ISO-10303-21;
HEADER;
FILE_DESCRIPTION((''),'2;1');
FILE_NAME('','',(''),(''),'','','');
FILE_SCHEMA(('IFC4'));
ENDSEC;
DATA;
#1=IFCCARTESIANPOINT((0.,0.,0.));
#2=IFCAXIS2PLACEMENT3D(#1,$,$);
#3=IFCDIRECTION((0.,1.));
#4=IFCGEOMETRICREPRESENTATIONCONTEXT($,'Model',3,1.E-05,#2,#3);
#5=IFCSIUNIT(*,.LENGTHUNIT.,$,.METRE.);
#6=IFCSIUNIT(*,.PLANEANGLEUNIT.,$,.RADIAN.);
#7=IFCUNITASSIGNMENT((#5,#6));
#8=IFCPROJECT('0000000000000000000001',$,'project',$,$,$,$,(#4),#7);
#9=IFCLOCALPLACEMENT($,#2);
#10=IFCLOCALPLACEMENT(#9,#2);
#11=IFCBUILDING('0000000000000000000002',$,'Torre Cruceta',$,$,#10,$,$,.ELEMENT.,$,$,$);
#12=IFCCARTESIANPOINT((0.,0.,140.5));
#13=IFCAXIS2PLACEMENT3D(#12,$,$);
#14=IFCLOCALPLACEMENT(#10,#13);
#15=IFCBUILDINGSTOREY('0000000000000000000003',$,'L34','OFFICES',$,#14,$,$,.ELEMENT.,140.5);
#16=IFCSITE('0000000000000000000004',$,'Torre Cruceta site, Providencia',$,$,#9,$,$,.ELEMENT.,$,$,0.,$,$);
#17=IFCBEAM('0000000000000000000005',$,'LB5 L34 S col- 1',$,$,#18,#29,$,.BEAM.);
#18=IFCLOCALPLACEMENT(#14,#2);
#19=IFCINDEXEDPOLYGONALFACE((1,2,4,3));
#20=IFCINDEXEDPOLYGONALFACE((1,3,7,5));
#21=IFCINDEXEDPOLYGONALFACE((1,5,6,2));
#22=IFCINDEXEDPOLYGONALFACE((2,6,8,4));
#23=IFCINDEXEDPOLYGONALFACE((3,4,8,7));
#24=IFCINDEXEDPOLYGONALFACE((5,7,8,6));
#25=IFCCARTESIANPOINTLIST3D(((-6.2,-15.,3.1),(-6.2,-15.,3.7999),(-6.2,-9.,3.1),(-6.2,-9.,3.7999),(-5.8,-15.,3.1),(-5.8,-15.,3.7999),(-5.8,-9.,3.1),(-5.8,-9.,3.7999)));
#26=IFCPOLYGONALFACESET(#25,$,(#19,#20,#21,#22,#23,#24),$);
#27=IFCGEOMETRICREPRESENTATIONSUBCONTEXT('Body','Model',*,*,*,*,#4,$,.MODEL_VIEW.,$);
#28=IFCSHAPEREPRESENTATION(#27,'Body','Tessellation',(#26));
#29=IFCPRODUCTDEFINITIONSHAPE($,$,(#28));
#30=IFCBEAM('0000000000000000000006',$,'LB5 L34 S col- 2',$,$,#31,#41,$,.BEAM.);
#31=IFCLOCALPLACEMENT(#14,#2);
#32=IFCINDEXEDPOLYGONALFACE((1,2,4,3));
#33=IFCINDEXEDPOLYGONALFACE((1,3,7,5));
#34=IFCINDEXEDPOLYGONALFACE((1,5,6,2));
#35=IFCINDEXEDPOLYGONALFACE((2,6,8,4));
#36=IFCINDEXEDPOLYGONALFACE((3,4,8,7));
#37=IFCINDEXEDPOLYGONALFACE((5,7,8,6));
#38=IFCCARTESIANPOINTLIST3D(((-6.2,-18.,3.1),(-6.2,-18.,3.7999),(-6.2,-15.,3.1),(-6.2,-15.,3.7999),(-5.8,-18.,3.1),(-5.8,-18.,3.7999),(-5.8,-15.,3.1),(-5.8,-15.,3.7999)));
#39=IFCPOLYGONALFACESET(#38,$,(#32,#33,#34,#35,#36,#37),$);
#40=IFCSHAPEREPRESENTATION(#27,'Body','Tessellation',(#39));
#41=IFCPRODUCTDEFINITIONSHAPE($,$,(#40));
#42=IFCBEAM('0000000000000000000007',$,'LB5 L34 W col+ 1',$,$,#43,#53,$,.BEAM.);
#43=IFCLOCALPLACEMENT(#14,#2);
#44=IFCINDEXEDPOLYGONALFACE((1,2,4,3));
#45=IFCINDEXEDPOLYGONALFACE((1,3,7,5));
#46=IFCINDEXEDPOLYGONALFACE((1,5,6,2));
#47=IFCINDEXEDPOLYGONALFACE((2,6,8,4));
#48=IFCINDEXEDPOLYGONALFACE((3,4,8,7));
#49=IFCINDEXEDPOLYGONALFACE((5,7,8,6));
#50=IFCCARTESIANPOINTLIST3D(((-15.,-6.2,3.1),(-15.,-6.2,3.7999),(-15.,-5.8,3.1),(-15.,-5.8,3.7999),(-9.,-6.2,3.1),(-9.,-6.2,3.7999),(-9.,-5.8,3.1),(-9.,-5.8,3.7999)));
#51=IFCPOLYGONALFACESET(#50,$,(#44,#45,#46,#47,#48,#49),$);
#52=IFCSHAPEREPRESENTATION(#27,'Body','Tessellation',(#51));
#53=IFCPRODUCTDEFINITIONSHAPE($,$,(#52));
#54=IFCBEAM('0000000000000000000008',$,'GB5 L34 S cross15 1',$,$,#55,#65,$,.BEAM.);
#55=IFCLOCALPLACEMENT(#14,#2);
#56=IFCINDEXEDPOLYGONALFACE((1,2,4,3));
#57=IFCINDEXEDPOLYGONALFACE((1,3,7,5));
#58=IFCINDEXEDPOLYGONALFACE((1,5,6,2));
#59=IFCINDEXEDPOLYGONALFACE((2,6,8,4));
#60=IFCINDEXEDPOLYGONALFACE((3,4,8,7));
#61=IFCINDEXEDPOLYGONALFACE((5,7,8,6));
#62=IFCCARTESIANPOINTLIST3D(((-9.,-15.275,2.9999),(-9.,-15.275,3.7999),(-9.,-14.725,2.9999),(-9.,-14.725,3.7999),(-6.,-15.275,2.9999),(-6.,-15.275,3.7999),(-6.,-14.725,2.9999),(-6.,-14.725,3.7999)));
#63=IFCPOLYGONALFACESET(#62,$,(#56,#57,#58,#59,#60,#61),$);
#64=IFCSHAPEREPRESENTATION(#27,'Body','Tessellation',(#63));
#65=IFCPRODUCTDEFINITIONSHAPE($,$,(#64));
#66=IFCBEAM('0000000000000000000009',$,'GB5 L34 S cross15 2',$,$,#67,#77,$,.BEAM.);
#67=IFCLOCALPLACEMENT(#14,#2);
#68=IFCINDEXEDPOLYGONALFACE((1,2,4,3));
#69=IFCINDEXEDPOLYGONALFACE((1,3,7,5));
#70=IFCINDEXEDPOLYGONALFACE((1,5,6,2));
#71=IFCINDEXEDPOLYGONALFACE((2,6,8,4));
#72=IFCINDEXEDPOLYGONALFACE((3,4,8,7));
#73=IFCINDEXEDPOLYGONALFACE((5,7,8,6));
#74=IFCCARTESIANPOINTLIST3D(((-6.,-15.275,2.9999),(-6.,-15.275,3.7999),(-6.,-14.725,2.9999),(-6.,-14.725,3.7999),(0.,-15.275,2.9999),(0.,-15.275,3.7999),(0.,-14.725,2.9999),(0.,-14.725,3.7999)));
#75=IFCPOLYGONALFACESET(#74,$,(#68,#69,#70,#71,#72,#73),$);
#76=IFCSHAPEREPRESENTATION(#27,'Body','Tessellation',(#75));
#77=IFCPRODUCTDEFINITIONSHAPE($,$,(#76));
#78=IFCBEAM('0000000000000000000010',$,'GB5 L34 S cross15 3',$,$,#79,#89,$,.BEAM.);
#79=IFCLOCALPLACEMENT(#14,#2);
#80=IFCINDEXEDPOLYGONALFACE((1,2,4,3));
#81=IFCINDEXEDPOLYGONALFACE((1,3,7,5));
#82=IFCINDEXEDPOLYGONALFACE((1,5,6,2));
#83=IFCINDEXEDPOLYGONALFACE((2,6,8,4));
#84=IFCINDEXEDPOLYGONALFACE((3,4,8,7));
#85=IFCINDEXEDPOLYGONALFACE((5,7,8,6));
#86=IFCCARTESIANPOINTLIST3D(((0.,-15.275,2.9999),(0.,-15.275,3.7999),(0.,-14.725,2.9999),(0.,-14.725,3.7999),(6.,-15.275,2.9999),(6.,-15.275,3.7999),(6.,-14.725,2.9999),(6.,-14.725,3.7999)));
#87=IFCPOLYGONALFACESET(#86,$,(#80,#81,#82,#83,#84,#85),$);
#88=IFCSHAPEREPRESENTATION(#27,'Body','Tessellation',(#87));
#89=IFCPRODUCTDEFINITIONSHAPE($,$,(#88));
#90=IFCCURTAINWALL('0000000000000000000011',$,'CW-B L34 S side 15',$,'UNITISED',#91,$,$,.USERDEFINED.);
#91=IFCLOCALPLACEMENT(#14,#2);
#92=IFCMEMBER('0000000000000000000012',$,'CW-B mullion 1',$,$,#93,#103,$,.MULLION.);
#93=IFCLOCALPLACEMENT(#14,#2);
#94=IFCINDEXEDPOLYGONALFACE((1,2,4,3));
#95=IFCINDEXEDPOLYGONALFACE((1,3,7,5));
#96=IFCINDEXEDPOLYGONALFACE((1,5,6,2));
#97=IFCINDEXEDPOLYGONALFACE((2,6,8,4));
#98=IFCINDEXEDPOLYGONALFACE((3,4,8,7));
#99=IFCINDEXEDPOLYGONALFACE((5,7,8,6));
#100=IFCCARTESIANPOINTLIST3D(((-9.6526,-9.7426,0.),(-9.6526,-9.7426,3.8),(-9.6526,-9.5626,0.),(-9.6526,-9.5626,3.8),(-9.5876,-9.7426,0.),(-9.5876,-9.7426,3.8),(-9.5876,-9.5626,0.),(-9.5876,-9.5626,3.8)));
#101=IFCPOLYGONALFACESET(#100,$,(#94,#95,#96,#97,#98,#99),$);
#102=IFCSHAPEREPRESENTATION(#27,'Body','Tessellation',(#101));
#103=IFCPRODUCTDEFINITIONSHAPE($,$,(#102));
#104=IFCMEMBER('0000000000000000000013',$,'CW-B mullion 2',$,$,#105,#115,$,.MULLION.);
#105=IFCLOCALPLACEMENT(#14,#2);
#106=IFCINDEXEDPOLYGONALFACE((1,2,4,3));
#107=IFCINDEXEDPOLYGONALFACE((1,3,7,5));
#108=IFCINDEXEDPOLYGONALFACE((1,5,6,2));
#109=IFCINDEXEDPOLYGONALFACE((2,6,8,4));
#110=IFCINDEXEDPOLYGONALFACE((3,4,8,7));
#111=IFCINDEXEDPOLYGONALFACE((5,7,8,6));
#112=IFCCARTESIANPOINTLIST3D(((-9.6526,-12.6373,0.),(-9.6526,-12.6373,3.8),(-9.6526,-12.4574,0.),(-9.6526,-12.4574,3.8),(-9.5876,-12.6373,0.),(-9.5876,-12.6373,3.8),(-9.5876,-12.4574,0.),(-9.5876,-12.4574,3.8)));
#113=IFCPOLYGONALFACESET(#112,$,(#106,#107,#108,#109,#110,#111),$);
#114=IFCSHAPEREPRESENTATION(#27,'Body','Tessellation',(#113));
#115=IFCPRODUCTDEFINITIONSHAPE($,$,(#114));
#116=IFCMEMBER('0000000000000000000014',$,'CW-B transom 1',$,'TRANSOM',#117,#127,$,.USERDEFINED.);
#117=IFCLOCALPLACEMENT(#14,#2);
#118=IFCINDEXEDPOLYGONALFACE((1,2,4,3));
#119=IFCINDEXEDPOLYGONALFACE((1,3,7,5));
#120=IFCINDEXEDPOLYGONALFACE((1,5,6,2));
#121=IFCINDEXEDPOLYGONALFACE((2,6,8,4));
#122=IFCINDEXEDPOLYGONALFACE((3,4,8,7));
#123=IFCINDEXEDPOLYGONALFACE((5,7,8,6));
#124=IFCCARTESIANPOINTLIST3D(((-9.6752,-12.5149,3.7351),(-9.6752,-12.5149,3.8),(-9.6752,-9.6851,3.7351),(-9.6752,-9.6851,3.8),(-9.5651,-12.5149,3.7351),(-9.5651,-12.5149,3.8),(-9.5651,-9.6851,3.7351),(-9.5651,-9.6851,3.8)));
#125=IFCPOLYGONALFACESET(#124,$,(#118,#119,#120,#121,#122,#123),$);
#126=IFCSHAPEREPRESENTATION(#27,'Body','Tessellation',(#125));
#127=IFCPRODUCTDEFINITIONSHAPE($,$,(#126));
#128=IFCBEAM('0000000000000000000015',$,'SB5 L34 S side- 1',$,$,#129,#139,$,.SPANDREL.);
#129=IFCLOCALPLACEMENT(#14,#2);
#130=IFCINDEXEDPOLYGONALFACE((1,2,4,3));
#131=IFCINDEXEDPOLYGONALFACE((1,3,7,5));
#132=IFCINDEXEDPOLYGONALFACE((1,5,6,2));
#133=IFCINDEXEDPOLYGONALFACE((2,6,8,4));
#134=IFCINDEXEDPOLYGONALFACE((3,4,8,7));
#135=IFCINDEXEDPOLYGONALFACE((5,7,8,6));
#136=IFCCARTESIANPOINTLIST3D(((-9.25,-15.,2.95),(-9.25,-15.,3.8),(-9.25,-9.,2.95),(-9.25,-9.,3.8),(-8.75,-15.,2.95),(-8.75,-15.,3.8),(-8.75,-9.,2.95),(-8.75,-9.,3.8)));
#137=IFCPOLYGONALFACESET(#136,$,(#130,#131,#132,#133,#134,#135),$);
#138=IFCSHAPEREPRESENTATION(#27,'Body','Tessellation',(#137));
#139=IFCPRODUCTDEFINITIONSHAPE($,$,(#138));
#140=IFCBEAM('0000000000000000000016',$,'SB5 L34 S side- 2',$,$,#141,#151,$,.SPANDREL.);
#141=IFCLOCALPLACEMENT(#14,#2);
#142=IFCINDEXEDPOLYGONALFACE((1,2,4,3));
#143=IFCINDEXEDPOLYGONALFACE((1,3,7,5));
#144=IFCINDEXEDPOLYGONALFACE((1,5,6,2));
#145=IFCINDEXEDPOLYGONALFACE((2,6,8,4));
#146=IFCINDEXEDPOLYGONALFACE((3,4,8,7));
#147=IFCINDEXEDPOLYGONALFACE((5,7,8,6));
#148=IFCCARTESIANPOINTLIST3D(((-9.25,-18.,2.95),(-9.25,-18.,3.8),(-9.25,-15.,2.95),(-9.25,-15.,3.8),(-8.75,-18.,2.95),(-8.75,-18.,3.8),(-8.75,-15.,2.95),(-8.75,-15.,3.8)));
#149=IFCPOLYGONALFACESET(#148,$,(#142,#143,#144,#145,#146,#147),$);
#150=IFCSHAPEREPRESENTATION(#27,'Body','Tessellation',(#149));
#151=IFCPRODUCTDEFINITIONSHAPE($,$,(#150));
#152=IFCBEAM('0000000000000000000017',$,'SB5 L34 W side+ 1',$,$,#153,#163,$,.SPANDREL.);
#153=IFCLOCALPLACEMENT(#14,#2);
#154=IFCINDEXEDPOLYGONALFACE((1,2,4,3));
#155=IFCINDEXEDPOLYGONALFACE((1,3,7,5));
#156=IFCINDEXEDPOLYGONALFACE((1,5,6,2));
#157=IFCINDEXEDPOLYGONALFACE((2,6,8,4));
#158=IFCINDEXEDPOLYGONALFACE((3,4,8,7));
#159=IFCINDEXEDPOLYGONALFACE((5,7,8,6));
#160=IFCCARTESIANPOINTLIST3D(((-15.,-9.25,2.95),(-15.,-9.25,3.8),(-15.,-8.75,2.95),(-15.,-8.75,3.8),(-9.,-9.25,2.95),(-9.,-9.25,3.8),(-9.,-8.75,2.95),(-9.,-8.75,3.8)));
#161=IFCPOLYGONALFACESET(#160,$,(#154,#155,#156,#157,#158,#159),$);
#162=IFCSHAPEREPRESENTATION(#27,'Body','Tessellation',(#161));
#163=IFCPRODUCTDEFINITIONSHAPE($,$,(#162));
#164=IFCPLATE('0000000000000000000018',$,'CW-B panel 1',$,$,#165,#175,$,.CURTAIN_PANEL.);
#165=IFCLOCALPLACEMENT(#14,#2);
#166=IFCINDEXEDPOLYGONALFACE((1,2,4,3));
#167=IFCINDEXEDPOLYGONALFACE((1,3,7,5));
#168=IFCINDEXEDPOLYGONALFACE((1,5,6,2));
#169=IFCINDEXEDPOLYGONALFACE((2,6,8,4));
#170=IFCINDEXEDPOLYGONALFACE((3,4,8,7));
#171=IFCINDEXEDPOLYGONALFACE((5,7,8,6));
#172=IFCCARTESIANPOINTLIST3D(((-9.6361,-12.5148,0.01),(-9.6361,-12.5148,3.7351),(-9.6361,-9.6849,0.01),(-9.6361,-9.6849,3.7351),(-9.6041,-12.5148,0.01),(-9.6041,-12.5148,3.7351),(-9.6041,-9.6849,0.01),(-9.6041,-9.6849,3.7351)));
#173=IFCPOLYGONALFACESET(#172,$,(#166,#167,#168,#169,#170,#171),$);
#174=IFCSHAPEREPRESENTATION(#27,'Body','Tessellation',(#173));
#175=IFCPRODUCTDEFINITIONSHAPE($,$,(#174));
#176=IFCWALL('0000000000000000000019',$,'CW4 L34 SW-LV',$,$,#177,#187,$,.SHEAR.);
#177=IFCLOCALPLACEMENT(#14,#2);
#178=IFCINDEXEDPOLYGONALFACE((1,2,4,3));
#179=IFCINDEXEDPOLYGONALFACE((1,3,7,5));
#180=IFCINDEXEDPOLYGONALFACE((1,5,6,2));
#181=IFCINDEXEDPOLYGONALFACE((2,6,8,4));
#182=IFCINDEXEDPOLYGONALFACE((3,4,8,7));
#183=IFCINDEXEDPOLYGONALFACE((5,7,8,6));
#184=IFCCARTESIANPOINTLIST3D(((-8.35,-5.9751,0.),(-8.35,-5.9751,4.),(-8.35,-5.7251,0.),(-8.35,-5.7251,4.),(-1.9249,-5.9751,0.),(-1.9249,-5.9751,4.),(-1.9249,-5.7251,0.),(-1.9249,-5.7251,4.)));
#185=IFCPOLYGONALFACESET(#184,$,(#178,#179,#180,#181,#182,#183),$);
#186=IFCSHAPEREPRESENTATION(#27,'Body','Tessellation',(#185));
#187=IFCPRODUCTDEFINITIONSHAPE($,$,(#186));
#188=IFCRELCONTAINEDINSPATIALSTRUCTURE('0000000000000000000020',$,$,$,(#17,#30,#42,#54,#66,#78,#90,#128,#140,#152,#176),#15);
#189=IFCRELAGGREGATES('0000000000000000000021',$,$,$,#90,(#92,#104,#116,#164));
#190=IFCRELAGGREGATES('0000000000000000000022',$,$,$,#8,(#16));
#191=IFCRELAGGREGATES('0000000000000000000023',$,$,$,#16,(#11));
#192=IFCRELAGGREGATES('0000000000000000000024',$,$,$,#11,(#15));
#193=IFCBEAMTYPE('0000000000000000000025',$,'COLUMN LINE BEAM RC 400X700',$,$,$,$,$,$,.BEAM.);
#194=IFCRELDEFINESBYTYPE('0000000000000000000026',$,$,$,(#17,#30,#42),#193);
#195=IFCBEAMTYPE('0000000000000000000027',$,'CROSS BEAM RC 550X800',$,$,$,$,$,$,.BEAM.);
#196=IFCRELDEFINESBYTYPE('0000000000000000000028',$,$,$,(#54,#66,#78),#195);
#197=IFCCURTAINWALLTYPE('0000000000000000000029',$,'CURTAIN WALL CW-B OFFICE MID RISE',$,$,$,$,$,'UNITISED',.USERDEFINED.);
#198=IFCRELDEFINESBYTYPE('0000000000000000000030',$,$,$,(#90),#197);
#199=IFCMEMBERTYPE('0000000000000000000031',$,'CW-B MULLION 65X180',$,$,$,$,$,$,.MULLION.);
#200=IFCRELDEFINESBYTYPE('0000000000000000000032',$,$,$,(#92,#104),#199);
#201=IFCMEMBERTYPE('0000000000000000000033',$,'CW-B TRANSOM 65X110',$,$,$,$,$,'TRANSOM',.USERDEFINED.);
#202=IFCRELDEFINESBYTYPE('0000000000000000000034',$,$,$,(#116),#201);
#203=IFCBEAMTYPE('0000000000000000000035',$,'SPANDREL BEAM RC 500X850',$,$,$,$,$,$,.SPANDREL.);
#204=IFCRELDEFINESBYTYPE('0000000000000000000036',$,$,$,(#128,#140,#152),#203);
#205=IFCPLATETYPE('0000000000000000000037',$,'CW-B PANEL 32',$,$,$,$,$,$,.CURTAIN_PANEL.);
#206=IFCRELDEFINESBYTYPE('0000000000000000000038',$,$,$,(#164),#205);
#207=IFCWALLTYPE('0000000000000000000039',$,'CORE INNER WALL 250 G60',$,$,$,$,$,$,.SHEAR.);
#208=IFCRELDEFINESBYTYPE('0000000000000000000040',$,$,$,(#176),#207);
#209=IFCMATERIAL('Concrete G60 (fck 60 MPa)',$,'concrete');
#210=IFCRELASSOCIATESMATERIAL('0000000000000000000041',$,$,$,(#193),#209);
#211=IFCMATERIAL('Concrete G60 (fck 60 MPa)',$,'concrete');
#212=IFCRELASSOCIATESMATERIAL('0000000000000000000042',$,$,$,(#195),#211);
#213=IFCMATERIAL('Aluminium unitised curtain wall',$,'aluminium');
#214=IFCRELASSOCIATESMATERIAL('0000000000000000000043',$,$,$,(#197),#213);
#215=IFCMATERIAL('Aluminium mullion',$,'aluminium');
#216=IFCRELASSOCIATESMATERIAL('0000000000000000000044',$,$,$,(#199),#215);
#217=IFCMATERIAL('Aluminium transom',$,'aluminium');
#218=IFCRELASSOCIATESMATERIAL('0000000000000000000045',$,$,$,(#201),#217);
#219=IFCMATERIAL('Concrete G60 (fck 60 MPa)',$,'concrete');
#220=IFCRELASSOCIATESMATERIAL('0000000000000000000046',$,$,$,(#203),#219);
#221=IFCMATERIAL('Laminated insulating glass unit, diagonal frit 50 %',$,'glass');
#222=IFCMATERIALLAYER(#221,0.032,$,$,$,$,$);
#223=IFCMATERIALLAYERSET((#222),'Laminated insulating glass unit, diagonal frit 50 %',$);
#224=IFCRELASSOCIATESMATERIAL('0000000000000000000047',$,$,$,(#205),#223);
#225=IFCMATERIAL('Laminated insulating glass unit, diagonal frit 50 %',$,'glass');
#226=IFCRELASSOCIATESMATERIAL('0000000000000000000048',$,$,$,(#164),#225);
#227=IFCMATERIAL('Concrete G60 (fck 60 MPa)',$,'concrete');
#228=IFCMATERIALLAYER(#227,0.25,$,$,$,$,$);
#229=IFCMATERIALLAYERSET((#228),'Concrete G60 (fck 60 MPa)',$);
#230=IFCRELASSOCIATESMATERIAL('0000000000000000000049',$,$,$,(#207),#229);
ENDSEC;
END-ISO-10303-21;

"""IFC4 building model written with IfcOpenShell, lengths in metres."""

from ifc_helpers import new_model, si_unit, direction, frame, frame_2d, origin, origin_2d, place, context, subcontext, project, spatial, rectangle, extrude, material, layer, layer_set, material_profile, profile_set, type_object, element, aggregate, save


model = new_model("IFC4")

# Units and contexts
model_context = context("Model", 3, precision=1e-05, world=origin(), true_north=direction((0.0, 1.0)))
body_context = subcontext(model_context, "Body", "Model", "MODEL_VIEW")
ifc_project = project(units=[si_unit("LENGTHUNIT", "METRE"), si_unit("PLANEANGLEUNIT", "RADIAN")], contexts=[model_context])

# Site, building, storey
site_placement = place(None, origin())
site = spatial("IfcSite", under=ifc_project, at=site_placement, Name="Torre Cruceta site, Providencia", CompositionType="ELEMENT", RefElevation=0.0)
building_placement = place(site_placement, origin())
building = spatial("IfcBuilding", under=site, at=building_placement, Name="Torre Cruceta", CompositionType="ELEMENT")
storey_placement = place(building_placement, frame((0.0, 0.0, 140.5)))
storey = spatial("IfcBuildingStorey", under=building, at=storey_placement, Name="L34", Description="OFFICES", CompositionType="ELEMENT", Elevation=140.5)

# Beams
ifc_material_1 = material(Name="Concrete G60 (fck 60 MPa)", Category="concrete")
ifc_material_profile_1 = material_profile(ifc_material_1, rectangle(XDim=0.3999, YDim=0.7, at=origin_2d()), Name="RC 400X700")
ifc_profile_set_1 = profile_set([ifc_material_profile_1], Name="Concrete G60 (fck 60 MPa)")
beam_type_1 = type_object("IfcBeamType", Name="COLUMN LINE BEAM RC 400X700", PredefinedType="BEAM", material=ifc_profile_set_1)
beam_1_placement = place(storey_placement, frame((-6.0, -9.0, 3.45), z_axis=(0.0, -1.0, 0.0), x_axis=(1.0, 0.0, 0.0)))
element("IfcBeam", 1, at=beam_1_placement, inside=storey, type_object=beam_type_1, Name="LB5 L34 S col- 1", PredefinedType="BEAM", context=body_context, shape_type="SweptSolid", body=[
    extrude(rectangle(XDim=0.3999, YDim=0.7, at=origin_2d()), origin(), (0.0, 0.0, 1.0), 6.0),
])
beam_2_placement = place(storey_placement, frame((-6.0, -15.0, 3.45), z_axis=(0.0, -1.0, 0.0), x_axis=(1.0, 0.0, 0.0)))
element("IfcBeam", 2, at=beam_2_placement, inside=storey, type_object=beam_type_1, Name="LB5 L34 S col- 2", PredefinedType="BEAM", context=body_context, shape_type="SweptSolid", body=[
    extrude(rectangle(XDim=0.3999, YDim=0.7, at=origin_2d()), origin(), (0.0, 0.0, 1.0), 3.0),
])
beam_3_placement = place(storey_placement, frame((-9.0, -6.0, 3.45), z_axis=(-1.0, 0.0, 0.0), x_axis=(0.0, -1.0, 0.0)))
element("IfcBeam", 3, at=beam_3_placement, inside=storey, type_object=beam_type_1, Name="LB5 L34 W col+ 1", PredefinedType="BEAM", context=body_context, shape_type="SweptSolid", body=[
    extrude(rectangle(XDim=0.3999, YDim=0.7, at=origin_2d()), origin(), (0.0, 0.0, 1.0), 6.0),
])
ifc_material_2 = material(Name="Concrete G60 (fck 60 MPa)", Category="concrete")
ifc_material_profile_2 = material_profile(ifc_material_2, rectangle(XDim=0.55, YDim=0.8, at=origin_2d()), Name="RC 550X800")
ifc_profile_set_2 = profile_set([ifc_material_profile_2], Name="Concrete G60 (fck 60 MPa)")
beam_type_2 = type_object("IfcBeamType", Name="CROSS BEAM RC 550X800", PredefinedType="BEAM", material=ifc_profile_set_2)
beam_4_placement = place(storey_placement, frame((-9.0, -15.0, 3.3999), z_axis=(1.0, 0.0, 0.0), x_axis=(0.0, 1.0, 0.0)))
element("IfcBeam", 4, at=beam_4_placement, inside=storey, type_object=beam_type_2, Name="GB5 L34 S cross15 1", PredefinedType="BEAM", context=body_context, shape_type="SweptSolid", body=[
    extrude(rectangle(XDim=0.55, YDim=0.8, at=origin_2d()), origin(), (0.0, 0.0, 1.0), 3.0),
])
for number, where, z_axis, x_axis, name in (
    (5, (-6.0, -15.0, 3.3999), (1.0, 0.0, 0.0), (0.0, 1.0, 0.0), "GB5 L34 S cross15 2"),
    (6, (0.0, -15.0, 3.3999), (1.0, 0.0, 0.0), (0.0, 1.0, 0.0), "GB5 L34 S cross15 3"),
):
    element("IfcBeam", number, at=place(storey_placement, frame(where, z_axis=z_axis, x_axis=x_axis)), inside=storey, type_object=beam_type_2, Name=name, PredefinedType="BEAM", context=body_context, shape_type="SweptSolid", body=[
        extrude(rectangle(XDim=0.55, YDim=0.8, at=origin_2d()), origin(), (0.0, 0.0, 1.0), 6.0),
    ])

# Curtain wall, members
ifc_material_3 = material(Name="Aluminium unitised curtain wall", Category="aluminium")
curtain_wall_type = type_object("IfcCurtainWallType", Name="CURTAIN WALL CW-B OFFICE MID RISE", ElementType="UNITISED", PredefinedType="USERDEFINED", material=ifc_material_3)
curtain_wall_placement = place(storey_placement, origin())
curtain_wall = element("IfcCurtainWall", 7, at=curtain_wall_placement, inside=storey, type_object=curtain_wall_type, Name="CW-B L34 S side 15", ObjectType="UNITISED", PredefinedType="USERDEFINED")
ifc_material_4 = material(Name="Aluminium mullion", Category="aluminium")
ifc_material_profile_3 = material_profile(ifc_material_4, rectangle(XDim=0.0649, YDim=0.1799, at=origin_2d()), Name="AL 65X180")
ifc_profile_set_3 = profile_set([ifc_material_profile_3], Name="Aluminium mullion")
member_type_1 = type_object("IfcMemberType", Name="CW-B MULLION 65X180", PredefinedType="MULLION", material=ifc_profile_set_3)
member_1_placement = place(storey_placement, frame((-9.6201, -9.6526, 0.0), z_axis=(0.0, 0.0, 1.0), x_axis=(1.0, 0.0, 0.0)))
member_1 = element("IfcMember", 8, at=member_1_placement, type_object=member_type_1, Name="CW-B mullion 1", PredefinedType="MULLION", context=body_context, shape_type="SweptSolid", body=[
    extrude(rectangle(XDim=0.0649, YDim=0.1799, at=origin_2d()), origin(), (0.0, 0.0, 1.0), 3.8),
])
member_2_placement = place(storey_placement, frame((-9.6201, -12.5474, 0.0), z_axis=(0.0, 0.0, 1.0), x_axis=(1.0, 0.0, 0.0)))
member_2 = element("IfcMember", 9, at=member_2_placement, type_object=member_type_1, Name="CW-B mullion 2", PredefinedType="MULLION", context=body_context, shape_type="SweptSolid", body=[
    extrude(rectangle(XDim=0.0649, YDim=0.1799, at=origin_2d()), origin(), (0.0, 0.0, 1.0), 3.8),
])
ifc_material_5 = material(Name="Aluminium transom", Category="aluminium")
ifc_material_profile_4 = material_profile(ifc_material_5, rectangle(XDim=0.1101, YDim=0.0649, at=origin_2d()), Name="AL 110X65")
ifc_profile_set_4 = profile_set([ifc_material_profile_4], Name="Aluminium transom")
member_type_2 = type_object("IfcMemberType", Name="CW-B TRANSOM 65X110", ElementType="TRANSOM", PredefinedType="USERDEFINED", material=ifc_profile_set_4)
member_3_placement = place(storey_placement, frame((-9.6201, -9.6851, 3.7676), z_axis=(0.0, -1.0, 0.0), x_axis=(1.0, 0.0, 0.0)))
member_3 = element("IfcMember", 10, at=member_3_placement, type_object=member_type_2, Name="CW-B transom 1", ObjectType="TRANSOM", PredefinedType="USERDEFINED", context=body_context, shape_type="SweptSolid", body=[
    extrude(rectangle(XDim=0.1101, YDim=0.0649, at=origin_2d()), origin(), (0.0, 0.0, 1.0), 2.8298),
])

# Beams
ifc_material_6 = material(Name="Concrete G60 (fck 60 MPa)", Category="concrete")
ifc_material_profile_5 = material_profile(ifc_material_6, rectangle(XDim=0.5, YDim=0.8501, at=origin_2d()), Name="RC 500X850")
ifc_profile_set_5 = profile_set([ifc_material_profile_5], Name="Concrete G60 (fck 60 MPa)")
beam_type_3 = type_object("IfcBeamType", Name="SPANDREL BEAM RC 500X850", PredefinedType="SPANDREL", material=ifc_profile_set_5)
beam_5_placement = place(storey_placement, frame((-9.0, -9.0, 3.375), z_axis=(0.0, -1.0, 0.0), x_axis=(1.0, 0.0, 0.0)))
element("IfcBeam", 11, at=beam_5_placement, inside=storey, type_object=beam_type_3, Name="SB5 L34 S side- 1", PredefinedType="SPANDREL", context=body_context, shape_type="SweptSolid", body=[
    extrude(rectangle(XDim=0.5, YDim=0.8501, at=origin_2d()), origin(), (0.0, 0.0, 1.0), 6.0),
])
beam_6_placement = place(storey_placement, frame((-9.0, -15.0, 3.375), z_axis=(0.0, -1.0, 0.0), x_axis=(1.0, 0.0, 0.0)))
element("IfcBeam", 12, at=beam_6_placement, inside=storey, type_object=beam_type_3, Name="SB5 L34 S side- 2", PredefinedType="SPANDREL", context=body_context, shape_type="SweptSolid", body=[
    extrude(rectangle(XDim=0.5, YDim=0.8501, at=origin_2d()), origin(), (0.0, 0.0, 1.0), 3.0),
])
beam_7_placement = place(storey_placement, frame((-9.0, -9.0, 3.375), z_axis=(-1.0, 0.0, 0.0), x_axis=(0.0, -1.0, 0.0)))
element("IfcBeam", 13, at=beam_7_placement, inside=storey, type_object=beam_type_3, Name="SB5 L34 W side+ 1", PredefinedType="SPANDREL", context=body_context, shape_type="SweptSolid", body=[
    extrude(rectangle(XDim=0.5, YDim=0.8501, at=origin_2d()), origin(), (0.0, 0.0, 1.0), 6.0),
])

# Plate
ifc_material_7 = material(Name="Laminated insulating glass unit, diagonal frit 50 %", Category="glass")
ifc_material_8 = material(Name="Laminated insulating glass unit, diagonal frit 50 %", Category="glass")
ifc_layer_1 = layer(ifc_material_8, 0.032)
ifc_layer_set_1 = layer_set([ifc_layer_1], Name="Laminated insulating glass unit, diagonal frit 50 %")
plate_type = type_object("IfcPlateType", Name="CW-B PANEL 32", PredefinedType="CURTAIN_PANEL", material=ifc_layer_set_1)
plate_placement = place(storey_placement, frame((-9.6201, -11.0999, 0.01), z_axis=(0.0, 0.0, 1.0), x_axis=(0.0, -1.0, 0.0)))
plate = element("IfcPlate", 14, at=plate_placement, type_object=plate_type, material=ifc_material_7, Name="CW-B panel 1", PredefinedType="CURTAIN_PANEL", context=body_context, shape_type="SweptSolid", body=[
    extrude(rectangle(XDim=2.8298, YDim=0.032, at=origin_2d()), origin(), (0.0, 0.0, 1.0), 3.7251),
])
aggregate(curtain_wall, [member_1, member_2, member_3, plate])

# Wall
ifc_material_9 = material(Name="Concrete G60 (fck 60 MPa)", Category="concrete")
ifc_layer_2 = layer(ifc_material_9, 0.25)
ifc_layer_set_2 = layer_set([ifc_layer_2], Name="Concrete G60 (fck 60 MPa)")
wall_type_1 = type_object("IfcWallType", Name="CORE INNER WALL 250 G60", PredefinedType="SHEAR", material=ifc_layer_set_2)
wall_1_placement = place(storey_placement, frame((-1.925, -5.8501, 0.0), z_axis=(0.0, 0.0, 1.0), x_axis=(-1.0, 0.0, 0.0)))
element("IfcWall", 15, at=wall_1_placement, inside=storey, type_object=wall_type_1, Name="CW4 L34 SW-LV", PredefinedType="SHEAR", context=body_context, shape_type="SweptSolid", body=[
    extrude(rectangle(XDim=6.425, YDim=0.25, at=frame_2d((3.2124, 0.0))), origin(), (0.0, 0.0, 1.0), 4.0),
])

save(model, "model.ifc")
